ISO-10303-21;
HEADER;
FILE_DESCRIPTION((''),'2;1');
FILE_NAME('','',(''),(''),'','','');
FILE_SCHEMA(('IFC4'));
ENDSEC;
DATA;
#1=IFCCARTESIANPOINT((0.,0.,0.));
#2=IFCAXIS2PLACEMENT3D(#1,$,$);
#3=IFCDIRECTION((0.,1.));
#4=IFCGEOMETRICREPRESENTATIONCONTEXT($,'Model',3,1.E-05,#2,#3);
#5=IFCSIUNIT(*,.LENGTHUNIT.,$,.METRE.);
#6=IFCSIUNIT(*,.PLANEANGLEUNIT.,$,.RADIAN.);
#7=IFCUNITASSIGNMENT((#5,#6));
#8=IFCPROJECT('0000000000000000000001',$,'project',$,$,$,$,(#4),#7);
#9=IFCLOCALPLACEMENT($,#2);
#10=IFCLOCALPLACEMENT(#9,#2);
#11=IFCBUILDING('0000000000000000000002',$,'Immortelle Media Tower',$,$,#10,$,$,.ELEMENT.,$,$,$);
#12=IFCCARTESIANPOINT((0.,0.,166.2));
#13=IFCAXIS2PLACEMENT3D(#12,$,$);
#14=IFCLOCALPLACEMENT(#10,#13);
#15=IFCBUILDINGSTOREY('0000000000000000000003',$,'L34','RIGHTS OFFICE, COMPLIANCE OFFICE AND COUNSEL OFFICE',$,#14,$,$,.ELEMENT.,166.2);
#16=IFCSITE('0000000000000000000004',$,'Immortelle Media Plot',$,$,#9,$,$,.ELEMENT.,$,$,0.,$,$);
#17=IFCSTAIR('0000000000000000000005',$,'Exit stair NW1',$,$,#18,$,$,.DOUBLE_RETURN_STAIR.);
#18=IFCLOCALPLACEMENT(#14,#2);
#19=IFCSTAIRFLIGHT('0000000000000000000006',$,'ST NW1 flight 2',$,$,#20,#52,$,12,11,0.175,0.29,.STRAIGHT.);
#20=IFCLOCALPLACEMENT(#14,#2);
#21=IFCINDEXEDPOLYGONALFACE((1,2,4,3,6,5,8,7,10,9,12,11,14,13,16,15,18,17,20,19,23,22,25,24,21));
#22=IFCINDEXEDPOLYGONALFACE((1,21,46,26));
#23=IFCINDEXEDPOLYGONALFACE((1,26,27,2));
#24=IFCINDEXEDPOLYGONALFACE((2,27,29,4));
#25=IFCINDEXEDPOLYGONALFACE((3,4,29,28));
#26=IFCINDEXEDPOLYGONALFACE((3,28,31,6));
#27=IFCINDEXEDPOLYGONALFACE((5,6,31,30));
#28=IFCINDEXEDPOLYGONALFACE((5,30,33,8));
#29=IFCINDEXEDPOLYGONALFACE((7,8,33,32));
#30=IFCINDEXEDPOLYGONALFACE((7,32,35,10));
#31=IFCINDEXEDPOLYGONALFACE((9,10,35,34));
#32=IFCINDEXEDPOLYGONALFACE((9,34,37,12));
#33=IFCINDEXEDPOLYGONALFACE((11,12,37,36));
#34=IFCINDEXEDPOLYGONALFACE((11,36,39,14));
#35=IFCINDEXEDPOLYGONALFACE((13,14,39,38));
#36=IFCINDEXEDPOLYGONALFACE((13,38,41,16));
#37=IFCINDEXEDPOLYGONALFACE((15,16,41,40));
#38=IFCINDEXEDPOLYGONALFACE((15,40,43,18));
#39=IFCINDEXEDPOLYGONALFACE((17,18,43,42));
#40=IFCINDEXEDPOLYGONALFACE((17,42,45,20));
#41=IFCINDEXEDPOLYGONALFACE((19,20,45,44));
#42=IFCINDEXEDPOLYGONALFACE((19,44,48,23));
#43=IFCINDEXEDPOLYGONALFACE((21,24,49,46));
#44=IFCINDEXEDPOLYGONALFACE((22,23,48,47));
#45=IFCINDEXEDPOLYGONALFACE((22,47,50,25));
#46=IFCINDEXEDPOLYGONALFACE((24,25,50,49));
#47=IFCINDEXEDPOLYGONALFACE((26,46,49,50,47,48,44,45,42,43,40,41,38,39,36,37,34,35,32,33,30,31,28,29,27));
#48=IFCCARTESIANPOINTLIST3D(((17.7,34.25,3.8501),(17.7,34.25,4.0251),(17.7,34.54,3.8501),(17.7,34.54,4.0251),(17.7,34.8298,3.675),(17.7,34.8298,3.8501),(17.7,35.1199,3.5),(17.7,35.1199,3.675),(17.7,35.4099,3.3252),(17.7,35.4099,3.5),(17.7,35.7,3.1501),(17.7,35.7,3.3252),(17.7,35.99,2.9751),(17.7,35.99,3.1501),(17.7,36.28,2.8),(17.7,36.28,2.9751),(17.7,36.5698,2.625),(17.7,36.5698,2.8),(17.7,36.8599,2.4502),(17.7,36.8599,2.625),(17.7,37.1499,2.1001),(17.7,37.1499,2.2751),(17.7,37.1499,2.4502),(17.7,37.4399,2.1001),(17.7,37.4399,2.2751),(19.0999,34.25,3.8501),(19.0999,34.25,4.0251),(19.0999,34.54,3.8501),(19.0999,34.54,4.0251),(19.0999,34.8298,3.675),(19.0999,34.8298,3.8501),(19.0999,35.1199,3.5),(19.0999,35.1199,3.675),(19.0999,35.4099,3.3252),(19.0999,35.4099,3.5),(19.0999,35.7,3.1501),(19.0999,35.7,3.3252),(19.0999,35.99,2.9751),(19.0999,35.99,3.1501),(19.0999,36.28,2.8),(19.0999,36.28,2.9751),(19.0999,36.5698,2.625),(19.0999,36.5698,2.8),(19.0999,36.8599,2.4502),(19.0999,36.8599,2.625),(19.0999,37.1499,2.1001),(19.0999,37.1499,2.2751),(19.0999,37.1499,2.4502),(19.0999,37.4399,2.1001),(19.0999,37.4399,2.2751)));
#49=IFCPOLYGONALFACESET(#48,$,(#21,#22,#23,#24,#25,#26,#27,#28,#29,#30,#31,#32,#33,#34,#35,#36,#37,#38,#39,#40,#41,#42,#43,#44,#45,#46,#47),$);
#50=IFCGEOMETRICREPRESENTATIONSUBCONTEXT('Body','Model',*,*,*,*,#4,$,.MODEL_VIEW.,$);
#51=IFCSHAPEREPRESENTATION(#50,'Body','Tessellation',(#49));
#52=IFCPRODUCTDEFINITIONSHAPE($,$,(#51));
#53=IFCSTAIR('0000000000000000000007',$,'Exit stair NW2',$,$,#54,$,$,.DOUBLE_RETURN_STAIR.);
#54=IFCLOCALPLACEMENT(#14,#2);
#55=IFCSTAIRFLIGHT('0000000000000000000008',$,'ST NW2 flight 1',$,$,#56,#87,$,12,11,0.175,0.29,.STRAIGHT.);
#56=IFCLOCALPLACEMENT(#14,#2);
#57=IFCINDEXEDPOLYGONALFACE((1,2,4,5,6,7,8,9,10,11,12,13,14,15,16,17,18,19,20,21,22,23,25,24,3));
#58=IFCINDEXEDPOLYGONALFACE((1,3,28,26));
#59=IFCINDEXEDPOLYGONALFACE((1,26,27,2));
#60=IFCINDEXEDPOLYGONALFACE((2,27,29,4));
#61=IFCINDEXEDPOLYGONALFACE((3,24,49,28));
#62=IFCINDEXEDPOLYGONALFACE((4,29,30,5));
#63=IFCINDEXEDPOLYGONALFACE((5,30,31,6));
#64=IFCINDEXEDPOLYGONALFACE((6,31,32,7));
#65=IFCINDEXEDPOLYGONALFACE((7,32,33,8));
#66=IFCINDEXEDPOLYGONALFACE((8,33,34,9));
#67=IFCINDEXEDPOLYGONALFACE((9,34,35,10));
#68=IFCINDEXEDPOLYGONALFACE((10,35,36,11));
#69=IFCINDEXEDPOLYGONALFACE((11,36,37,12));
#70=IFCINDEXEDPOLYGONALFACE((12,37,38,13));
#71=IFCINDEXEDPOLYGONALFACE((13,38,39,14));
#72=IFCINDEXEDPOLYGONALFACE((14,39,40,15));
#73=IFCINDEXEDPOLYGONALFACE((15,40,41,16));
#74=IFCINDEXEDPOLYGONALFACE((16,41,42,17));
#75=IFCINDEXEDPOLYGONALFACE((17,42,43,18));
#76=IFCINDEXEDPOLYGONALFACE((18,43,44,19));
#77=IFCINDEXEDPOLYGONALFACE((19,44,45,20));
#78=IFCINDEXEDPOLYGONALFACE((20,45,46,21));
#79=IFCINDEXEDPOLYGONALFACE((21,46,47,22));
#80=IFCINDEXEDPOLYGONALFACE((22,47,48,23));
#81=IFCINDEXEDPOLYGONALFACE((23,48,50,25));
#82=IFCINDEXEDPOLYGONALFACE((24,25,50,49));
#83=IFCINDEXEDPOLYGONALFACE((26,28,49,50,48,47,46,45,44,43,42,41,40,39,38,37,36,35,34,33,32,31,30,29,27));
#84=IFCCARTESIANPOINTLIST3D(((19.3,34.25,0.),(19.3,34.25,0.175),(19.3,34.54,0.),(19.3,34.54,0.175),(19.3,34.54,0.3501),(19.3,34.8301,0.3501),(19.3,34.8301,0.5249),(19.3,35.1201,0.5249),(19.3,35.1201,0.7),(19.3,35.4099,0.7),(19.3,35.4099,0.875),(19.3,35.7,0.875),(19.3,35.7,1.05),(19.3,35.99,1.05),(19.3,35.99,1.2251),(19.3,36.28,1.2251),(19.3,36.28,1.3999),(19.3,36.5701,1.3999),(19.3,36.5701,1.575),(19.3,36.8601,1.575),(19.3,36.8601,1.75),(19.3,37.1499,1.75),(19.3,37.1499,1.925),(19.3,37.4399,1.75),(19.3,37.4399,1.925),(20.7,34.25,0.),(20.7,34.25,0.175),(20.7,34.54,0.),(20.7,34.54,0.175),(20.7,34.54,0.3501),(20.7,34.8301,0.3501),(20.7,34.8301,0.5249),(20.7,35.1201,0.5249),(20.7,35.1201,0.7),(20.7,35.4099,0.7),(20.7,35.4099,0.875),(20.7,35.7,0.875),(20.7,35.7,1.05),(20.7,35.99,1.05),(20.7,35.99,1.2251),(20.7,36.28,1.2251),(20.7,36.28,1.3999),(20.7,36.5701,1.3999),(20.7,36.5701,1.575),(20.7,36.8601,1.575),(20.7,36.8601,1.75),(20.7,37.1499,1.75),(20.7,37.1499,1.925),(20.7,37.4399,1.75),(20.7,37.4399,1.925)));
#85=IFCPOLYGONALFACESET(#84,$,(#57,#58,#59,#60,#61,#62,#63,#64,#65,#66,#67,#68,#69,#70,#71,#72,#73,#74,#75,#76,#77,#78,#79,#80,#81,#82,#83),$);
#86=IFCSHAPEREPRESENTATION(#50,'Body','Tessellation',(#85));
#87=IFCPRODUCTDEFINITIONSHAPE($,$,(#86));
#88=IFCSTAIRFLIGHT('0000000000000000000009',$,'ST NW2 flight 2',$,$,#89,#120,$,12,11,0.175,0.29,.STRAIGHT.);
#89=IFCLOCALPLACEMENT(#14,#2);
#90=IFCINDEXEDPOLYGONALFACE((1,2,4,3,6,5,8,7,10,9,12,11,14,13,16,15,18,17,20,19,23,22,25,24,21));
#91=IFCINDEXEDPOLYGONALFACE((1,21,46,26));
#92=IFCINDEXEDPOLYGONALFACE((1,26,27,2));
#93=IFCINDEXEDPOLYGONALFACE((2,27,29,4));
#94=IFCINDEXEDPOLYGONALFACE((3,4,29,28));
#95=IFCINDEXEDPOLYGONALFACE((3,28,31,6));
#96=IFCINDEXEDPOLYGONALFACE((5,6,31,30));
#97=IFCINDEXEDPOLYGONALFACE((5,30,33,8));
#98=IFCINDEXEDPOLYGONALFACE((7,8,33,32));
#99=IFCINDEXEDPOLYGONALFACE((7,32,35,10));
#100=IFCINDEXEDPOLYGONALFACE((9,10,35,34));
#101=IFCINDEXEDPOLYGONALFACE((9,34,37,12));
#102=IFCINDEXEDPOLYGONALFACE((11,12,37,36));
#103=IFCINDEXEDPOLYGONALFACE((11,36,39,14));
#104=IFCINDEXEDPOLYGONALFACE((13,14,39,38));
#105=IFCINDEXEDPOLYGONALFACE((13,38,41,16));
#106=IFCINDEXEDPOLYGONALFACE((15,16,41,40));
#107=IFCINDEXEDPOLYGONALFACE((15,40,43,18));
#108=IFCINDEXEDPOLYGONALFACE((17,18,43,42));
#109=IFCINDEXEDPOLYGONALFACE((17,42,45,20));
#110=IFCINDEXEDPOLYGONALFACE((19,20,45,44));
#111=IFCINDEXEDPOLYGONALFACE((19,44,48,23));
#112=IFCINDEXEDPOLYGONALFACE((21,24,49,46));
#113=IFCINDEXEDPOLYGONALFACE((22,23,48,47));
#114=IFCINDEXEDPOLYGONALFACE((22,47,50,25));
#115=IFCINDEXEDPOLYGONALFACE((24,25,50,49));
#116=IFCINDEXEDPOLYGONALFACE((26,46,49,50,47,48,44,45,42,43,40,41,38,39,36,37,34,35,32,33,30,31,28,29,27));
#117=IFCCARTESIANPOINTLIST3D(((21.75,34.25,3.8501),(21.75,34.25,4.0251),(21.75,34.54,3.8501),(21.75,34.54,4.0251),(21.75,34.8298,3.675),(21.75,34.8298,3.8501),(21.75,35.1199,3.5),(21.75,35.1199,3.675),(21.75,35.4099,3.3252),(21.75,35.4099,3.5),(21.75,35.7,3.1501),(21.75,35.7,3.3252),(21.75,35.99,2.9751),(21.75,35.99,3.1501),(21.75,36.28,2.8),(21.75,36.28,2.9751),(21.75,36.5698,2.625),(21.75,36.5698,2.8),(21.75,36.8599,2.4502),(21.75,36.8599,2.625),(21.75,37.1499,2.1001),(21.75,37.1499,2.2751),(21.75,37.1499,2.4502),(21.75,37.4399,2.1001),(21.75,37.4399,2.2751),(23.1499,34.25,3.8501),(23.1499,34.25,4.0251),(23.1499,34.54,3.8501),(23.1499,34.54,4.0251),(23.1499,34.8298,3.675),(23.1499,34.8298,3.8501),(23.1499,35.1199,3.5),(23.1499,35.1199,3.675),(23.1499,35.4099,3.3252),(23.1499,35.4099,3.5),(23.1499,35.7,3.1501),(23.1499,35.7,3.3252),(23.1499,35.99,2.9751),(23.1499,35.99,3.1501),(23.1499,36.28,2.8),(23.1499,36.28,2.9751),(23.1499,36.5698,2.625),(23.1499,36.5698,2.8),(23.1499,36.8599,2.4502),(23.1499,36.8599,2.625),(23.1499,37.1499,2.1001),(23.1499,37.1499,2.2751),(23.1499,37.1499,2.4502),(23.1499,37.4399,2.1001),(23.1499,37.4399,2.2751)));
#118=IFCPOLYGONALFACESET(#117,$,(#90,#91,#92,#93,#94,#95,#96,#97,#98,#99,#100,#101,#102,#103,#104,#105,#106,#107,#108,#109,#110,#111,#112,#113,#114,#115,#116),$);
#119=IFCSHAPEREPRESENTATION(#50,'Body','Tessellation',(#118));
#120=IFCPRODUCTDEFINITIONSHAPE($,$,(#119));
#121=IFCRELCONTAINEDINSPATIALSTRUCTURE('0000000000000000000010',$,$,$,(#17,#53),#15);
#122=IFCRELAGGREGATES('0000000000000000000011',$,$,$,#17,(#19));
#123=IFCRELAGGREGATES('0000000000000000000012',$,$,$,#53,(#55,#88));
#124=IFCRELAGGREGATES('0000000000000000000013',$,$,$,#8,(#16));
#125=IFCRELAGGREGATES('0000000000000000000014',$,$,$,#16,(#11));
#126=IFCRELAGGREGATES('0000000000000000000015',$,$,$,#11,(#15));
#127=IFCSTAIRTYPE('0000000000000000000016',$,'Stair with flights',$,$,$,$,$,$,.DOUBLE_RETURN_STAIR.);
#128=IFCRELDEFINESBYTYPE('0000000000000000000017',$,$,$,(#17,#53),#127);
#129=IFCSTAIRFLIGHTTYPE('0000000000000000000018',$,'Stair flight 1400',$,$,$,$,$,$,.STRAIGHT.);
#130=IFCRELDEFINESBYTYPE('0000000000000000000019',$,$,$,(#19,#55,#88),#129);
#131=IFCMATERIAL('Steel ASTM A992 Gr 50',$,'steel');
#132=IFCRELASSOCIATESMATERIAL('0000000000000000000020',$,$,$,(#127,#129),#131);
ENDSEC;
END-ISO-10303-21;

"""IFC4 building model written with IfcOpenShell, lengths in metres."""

from ifc_helpers import new_model, si_unit, direction, frame, origin, place, context, subcontext, project, spatial, polyline, outline, extrude, material, type_object, element, aggregate, save


model = new_model("IFC4")

# Units and contexts
model_context = context("Model", 3, precision=1e-05, world=origin(), true_north=direction((0.0, 1.0)))
body_context = subcontext(model_context, "Body", "Model", "MODEL_VIEW")
ifc_project = project(units=[si_unit("LENGTHUNIT", "METRE"), si_unit("PLANEANGLEUNIT", "RADIAN")], contexts=[model_context])

# Site, building, storey
site_placement = place(None, origin())
site = spatial("IfcSite", under=ifc_project, at=site_placement, Name="Immortelle Media Plot", CompositionType="ELEMENT", RefElevation=0.0)
building_placement = place(site_placement, origin())
building = spatial("IfcBuilding", under=site, at=building_placement, Name="Immortelle Media Tower", CompositionType="ELEMENT")
storey_placement = place(building_placement, frame((0.0, 0.0, 166.2)))
storey = spatial("IfcBuildingStorey", under=building, at=storey_placement, Name="L34", Description="RIGHTS OFFICE, COMPLIANCE OFFICE AND COUNSEL OFFICE", CompositionType="ELEMENT", Elevation=166.2)

# Shared definitions
ifc_material_1 = material(Name="Steel ASTM A992 Gr 50", Category="steel")

# Stairs, stair flights
stair_type = type_object("IfcStairType", Name="Stair with flights", PredefinedType="DOUBLE_RETURN_STAIR", material=ifc_material_1)
stair_1_placement = place(storey_placement, origin())
stair_1 = element("IfcStair", 1, at=stair_1_placement, inside=storey, type_object=stair_type, Name="Exit stair NW1", PredefinedType="DOUBLE_RETURN_STAIR")
stair_flight_type = type_object("IfcStairFlightType", Name="Stair flight 1400", PredefinedType="STRAIGHT", material=ifc_material_1)
stair_flight_1_placement = place(storey_placement, frame((18.3999, 37.4399, 2.1001), z_axis=(0.0, 0.0, 1.0), x_axis=(0.0, -1.0, 0.0)))
stair_flight_1 = element("IfcStairFlight", 2, at=stair_flight_1_placement, type_object=stair_flight_type, Name="ST NW1 flight 2", NumberOfRisers=12, NumberOfTreads=11, PredefinedType="STRAIGHT", RiserHeight=0.175, TreadLength=0.29, context=body_context, shape_type="SweptSolid", body=[
    extrude(outline(polyline([(0.0, 0.0), (0.0, 0.175), (0.29, 0.175), (0.29, 0.3501), (0.5801, 0.3501), (0.5801, 0.5249), (0.8701, 0.5249), (0.8701, 0.7), (1.1599, 0.7), (1.1599, 0.875), (1.45, 0.875), (1.45, 1.05), (1.74, 1.05), (1.74, 1.2251), (2.03, 1.2251), (2.03, 1.3999), (2.3201, 1.3999), (2.3201, 1.575), (2.6101, 1.575), (2.6101, 1.75), (2.8999, 1.75), (2.8999, 1.925), (3.1899, 1.925), (3.1899, 2.1001), (3.1899, 1.75), (0.29, 0.0), (0.0, 0.0)])), frame((0.0, 0.7, 0.0), z_axis=(0.0, -1.0, 0.0), x_axis=(1.0, 0.0, 0.0)), (0.0, 0.0, 1.0), 1.3999),
])
aggregate(stair_1, [stair_flight_1])
stair_2_placement = place(storey_placement, origin())
stair_2 = element("IfcStair", 3, at=stair_2_placement, inside=storey, type_object=stair_type, Name="Exit stair NW2", PredefinedType="DOUBLE_RETURN_STAIR")
stair_flight_2_placement = place(storey_placement, frame((20.0, 34.25, 0.0), z_axis=(0.0, 0.0, 1.0), x_axis=(0.0, 1.0, 0.0)))
stair_flight_2 = element("IfcStairFlight", 4, at=stair_flight_2_placement, type_object=stair_flight_type, Name="ST NW2 flight 1", NumberOfRisers=12, NumberOfTreads=11, PredefinedType="STRAIGHT", RiserHeight=0.175, TreadLength=0.29, context=body_context, shape_type="SweptSolid", body=[
    extrude(outline(polyline([(0.0, 0.0), (0.0, 0.175), (0.29, 0.175), (0.29, 0.3501), (0.5801, 0.3501), (0.5801, 0.5249), (0.8701, 0.5249), (0.8701, 0.7), (1.1599, 0.7), (1.1599, 0.875), (1.45, 0.875), (1.45, 1.05), (1.74, 1.05), (1.74, 1.2251), (2.03, 1.2251), (2.03, 1.3999), (2.3201, 1.3999), (2.3201, 1.575), (2.6101, 1.575), (2.6101, 1.75), (2.8999, 1.75), (2.8999, 1.925), (3.1899, 1.925), (3.1899, 2.1001), (3.1899, 1.75), (0.29, 0.0), (0.0, 0.0)])), frame((0.0, 0.7, 0.0), z_axis=(0.0, -1.0, 0.0), x_axis=(1.0, 0.0, 0.0)), (0.0, 0.0, 1.0), 1.3999),
])
stair_flight_3_placement = place(storey_placement, frame((22.45, 37.4399, 2.1001), z_axis=(0.0, 0.0, 1.0), x_axis=(0.0, -1.0, 0.0)))
stair_flight_3 = element("IfcStairFlight", 5, at=stair_flight_3_placement, type_object=stair_flight_type, Name="ST NW2 flight 2", NumberOfRisers=12, NumberOfTreads=11, PredefinedType="STRAIGHT", RiserHeight=0.175, TreadLength=0.29, context=body_context, shape_type="SweptSolid", body=[
    extrude(outline(polyline([(0.0, 0.0), (0.0, 0.175), (0.29, 0.175), (0.29, 0.3501), (0.5801, 0.3501), (0.5801, 0.5249), (0.8701, 0.5249), (0.8701, 0.7), (1.1599, 0.7), (1.1599, 0.875), (1.45, 0.875), (1.45, 1.05), (1.74, 1.05), (1.74, 1.2251), (2.03, 1.2251), (2.03, 1.3999), (2.3201, 1.3999), (2.3201, 1.575), (2.6101, 1.575), (2.6101, 1.75), (2.8999, 1.75), (2.8999, 1.925), (3.1899, 1.925), (3.1899, 2.1001), (3.1899, 1.75), (0.29, 0.0), (0.0, 0.0)])), frame((0.0, 0.7, 0.0), z_axis=(0.0, -1.0, 0.0), x_axis=(1.0, 0.0, 0.0)), (0.0, 0.0, 1.0), 1.3999),
])
aggregate(stair_2, [stair_flight_2, stair_flight_3])

save(model, "model.ifc")
